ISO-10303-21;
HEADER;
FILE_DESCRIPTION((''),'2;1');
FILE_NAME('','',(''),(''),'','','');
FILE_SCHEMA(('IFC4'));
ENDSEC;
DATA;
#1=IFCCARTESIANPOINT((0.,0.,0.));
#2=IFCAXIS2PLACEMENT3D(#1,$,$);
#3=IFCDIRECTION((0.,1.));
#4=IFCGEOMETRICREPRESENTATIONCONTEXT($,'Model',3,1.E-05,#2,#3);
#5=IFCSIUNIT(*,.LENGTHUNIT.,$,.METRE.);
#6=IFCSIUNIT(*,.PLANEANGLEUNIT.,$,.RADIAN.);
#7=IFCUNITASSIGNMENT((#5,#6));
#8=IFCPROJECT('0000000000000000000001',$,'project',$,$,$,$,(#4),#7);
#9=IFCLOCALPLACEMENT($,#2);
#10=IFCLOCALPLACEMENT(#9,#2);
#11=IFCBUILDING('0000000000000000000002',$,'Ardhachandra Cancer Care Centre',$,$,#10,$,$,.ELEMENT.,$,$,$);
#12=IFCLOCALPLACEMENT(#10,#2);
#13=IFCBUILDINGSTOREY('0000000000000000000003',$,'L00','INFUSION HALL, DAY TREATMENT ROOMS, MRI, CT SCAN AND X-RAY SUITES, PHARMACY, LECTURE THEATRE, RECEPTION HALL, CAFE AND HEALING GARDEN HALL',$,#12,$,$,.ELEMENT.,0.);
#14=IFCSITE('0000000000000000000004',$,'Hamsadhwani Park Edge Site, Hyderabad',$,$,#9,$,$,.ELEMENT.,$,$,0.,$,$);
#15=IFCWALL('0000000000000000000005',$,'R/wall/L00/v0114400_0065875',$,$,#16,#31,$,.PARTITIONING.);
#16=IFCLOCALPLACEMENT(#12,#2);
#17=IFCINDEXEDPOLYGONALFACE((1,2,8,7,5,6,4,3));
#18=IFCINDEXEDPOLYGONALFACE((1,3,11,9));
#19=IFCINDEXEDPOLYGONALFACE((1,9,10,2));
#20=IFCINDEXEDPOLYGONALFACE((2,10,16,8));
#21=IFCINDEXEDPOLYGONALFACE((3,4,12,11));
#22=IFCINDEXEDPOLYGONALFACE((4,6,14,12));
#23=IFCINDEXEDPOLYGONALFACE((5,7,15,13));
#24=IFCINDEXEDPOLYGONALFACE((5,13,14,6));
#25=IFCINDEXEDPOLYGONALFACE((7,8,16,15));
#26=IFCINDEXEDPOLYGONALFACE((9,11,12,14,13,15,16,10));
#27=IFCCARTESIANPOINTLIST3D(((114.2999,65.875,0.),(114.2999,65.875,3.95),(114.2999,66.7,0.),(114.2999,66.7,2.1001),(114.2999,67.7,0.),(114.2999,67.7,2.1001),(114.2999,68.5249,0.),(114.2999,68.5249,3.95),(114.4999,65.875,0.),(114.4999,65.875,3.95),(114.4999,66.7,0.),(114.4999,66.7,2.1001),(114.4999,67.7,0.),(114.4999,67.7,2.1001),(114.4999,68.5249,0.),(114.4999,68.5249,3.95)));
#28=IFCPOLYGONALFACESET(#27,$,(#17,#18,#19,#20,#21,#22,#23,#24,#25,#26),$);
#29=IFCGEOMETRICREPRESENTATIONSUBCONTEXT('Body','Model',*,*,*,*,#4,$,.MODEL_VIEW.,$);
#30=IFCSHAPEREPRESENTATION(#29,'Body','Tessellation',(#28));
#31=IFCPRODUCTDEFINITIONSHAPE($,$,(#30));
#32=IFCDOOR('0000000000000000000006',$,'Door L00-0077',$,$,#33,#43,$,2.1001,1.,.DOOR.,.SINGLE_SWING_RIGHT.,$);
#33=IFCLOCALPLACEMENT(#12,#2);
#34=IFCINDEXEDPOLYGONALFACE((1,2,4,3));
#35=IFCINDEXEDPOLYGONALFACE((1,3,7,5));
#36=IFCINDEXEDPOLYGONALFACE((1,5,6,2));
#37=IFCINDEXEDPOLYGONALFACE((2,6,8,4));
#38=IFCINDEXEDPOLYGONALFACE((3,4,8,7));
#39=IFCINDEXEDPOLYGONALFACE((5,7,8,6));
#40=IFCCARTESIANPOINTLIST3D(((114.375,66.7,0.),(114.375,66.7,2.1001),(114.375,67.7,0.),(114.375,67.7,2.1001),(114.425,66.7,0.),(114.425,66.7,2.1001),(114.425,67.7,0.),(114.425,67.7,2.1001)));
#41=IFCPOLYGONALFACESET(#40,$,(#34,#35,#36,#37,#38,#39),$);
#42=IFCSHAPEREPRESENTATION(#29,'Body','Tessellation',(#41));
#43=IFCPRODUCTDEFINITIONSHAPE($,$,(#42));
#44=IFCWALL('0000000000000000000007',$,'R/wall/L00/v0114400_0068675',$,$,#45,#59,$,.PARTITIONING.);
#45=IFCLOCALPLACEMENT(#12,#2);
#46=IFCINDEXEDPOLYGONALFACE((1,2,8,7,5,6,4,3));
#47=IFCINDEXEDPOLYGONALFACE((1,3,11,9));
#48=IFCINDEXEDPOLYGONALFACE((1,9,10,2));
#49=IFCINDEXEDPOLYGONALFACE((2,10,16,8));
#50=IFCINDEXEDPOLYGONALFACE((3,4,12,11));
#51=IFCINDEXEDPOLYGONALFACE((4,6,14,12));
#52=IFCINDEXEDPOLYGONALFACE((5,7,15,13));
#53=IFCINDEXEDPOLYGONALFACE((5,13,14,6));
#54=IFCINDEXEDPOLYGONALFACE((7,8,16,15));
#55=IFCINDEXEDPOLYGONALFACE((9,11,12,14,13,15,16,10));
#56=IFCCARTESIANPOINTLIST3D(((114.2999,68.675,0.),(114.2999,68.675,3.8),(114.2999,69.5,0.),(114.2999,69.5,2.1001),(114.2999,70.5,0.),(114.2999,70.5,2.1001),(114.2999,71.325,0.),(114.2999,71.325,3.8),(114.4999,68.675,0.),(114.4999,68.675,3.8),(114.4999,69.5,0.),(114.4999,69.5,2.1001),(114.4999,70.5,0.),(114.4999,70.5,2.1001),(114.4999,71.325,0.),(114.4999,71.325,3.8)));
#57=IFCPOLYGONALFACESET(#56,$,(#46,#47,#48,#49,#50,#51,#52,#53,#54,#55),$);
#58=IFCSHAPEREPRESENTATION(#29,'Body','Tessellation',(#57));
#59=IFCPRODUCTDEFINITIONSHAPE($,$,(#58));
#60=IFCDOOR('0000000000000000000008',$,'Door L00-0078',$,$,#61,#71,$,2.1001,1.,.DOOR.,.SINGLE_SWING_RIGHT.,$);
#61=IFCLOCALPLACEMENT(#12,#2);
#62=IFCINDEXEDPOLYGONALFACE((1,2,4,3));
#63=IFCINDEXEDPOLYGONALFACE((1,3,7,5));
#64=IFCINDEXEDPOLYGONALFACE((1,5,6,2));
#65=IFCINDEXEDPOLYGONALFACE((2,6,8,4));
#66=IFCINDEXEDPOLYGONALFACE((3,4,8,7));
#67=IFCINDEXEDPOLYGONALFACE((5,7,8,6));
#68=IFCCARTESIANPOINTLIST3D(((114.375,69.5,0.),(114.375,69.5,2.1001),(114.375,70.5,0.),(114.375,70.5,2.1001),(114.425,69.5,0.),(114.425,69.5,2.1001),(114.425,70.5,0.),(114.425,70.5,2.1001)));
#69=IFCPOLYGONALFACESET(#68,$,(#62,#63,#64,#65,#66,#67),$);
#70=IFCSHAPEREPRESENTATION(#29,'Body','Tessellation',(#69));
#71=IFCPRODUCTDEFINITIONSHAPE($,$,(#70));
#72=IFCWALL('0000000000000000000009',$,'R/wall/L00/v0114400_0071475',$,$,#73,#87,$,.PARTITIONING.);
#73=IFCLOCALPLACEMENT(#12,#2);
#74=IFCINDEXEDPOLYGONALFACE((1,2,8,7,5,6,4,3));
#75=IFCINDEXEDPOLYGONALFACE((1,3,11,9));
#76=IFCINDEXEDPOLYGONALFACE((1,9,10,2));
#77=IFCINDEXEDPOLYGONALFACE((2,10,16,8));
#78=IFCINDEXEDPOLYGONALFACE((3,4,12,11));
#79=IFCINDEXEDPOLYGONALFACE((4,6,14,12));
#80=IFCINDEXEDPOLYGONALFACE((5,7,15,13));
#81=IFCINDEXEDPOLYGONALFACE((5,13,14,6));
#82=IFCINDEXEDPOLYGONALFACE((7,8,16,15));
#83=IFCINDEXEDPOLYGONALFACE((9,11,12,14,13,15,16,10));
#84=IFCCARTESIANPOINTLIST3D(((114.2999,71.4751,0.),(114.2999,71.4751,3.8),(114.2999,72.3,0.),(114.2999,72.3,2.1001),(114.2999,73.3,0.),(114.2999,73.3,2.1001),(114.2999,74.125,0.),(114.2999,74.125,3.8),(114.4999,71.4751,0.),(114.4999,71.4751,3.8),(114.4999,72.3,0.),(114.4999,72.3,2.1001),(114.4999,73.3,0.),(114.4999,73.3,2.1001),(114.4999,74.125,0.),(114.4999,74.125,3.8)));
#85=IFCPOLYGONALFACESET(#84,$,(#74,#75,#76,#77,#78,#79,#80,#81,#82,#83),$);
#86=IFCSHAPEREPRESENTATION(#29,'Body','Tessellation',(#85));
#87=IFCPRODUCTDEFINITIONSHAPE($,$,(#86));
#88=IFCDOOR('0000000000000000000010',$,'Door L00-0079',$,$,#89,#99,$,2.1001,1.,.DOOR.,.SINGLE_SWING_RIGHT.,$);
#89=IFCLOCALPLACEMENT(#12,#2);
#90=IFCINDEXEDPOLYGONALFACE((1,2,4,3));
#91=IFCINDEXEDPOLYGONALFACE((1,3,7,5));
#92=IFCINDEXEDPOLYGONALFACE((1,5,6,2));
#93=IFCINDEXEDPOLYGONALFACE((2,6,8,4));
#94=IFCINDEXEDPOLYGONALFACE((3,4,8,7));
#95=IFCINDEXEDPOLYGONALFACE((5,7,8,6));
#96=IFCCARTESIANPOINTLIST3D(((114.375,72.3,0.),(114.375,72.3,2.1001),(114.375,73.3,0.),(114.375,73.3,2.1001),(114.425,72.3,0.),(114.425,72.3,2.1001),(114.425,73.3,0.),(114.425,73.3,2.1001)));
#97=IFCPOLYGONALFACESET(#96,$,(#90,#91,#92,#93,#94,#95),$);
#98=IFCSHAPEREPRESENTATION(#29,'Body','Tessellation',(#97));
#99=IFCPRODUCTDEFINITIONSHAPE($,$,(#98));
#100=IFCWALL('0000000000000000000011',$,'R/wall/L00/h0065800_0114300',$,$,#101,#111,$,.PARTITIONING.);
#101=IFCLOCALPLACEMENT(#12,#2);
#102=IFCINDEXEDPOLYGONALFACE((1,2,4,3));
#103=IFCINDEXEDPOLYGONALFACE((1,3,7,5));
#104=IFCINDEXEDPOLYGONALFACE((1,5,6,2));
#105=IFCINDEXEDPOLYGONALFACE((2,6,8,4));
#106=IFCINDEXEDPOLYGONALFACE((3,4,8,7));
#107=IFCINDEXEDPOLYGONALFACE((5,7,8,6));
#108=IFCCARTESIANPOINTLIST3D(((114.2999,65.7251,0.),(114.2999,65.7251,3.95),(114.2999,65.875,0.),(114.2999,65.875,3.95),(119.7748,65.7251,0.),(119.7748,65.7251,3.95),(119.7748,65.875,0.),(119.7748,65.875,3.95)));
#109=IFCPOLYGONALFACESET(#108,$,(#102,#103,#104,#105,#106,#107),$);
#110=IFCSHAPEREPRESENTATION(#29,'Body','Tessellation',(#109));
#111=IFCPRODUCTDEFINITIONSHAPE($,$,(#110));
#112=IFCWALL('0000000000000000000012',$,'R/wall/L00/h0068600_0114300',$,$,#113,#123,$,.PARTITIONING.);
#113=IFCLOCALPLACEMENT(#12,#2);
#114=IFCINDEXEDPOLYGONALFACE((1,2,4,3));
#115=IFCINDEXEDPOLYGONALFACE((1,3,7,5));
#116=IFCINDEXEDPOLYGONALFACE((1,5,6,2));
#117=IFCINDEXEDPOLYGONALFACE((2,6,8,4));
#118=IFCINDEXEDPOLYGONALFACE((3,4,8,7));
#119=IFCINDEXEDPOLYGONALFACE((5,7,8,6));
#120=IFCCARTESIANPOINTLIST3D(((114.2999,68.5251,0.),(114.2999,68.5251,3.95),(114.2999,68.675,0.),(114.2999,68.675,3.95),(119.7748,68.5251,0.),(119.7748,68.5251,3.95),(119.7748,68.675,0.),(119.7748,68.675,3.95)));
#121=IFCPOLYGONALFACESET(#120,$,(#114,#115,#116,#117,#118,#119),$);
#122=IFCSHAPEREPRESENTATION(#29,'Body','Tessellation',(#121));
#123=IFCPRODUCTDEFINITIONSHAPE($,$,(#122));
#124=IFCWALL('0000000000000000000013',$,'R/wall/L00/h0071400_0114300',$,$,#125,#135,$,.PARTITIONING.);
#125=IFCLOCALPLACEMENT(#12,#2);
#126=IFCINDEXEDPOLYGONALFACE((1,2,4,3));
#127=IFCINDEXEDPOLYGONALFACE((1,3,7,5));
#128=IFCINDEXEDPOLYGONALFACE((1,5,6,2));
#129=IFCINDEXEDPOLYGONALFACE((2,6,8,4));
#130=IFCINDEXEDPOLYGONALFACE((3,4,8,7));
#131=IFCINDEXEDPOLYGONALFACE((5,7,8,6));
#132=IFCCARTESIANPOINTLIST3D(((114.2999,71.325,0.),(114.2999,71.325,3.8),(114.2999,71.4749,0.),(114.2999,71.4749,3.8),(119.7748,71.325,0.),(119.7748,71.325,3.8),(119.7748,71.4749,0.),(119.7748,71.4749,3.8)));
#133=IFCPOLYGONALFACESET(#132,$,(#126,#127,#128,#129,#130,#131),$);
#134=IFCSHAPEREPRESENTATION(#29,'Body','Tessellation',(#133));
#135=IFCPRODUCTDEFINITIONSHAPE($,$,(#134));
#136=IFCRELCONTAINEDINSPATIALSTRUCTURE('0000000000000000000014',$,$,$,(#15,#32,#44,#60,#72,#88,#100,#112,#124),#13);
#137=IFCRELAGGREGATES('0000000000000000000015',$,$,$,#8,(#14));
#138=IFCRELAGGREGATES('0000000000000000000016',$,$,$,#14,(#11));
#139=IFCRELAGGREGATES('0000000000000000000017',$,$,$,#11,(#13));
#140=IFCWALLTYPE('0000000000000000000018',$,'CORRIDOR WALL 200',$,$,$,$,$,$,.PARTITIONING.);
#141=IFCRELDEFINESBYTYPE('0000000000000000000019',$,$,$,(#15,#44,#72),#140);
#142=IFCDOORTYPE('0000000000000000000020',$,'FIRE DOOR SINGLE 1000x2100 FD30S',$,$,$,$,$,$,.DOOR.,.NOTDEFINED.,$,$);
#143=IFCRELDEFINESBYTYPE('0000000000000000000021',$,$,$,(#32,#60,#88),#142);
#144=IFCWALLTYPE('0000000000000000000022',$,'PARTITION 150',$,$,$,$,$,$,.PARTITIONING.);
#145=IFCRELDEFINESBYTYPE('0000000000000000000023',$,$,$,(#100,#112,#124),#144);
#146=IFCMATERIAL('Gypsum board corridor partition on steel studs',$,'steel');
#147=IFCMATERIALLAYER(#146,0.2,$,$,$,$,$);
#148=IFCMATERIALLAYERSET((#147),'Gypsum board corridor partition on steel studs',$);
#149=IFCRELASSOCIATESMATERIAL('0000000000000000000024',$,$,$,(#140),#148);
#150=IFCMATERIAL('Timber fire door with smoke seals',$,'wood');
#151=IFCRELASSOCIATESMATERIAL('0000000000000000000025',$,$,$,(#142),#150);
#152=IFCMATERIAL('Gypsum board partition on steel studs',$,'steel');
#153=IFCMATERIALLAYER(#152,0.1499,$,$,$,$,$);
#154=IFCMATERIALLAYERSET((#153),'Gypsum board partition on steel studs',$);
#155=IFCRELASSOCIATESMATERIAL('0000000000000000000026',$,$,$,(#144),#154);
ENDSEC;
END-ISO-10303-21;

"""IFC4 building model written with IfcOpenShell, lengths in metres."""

from ifc_helpers import new_model, si_unit, direction, frame, frame_2d, origin, place, context, subcontext, project, spatial, rectangle, extrude, material, layer, layer_set, type_object, element, fill, save


model = new_model("IFC4")

# Units and contexts
model_context = context("Model", 3, precision=1e-05, world=origin(), true_north=direction((0.0, 1.0)))
body_context = subcontext(model_context, "Body", "Model", "MODEL_VIEW")
ifc_project = project(units=[si_unit("LENGTHUNIT", "METRE"), si_unit("PLANEANGLEUNIT", "RADIAN")], contexts=[model_context])

# Site, building, storey
site_placement = place(None, origin())
site = spatial("IfcSite", under=ifc_project, at=site_placement, Name="Hamsadhwani Park Edge Site, Hyderabad", CompositionType="ELEMENT", RefElevation=0.0)
building_placement = place(site_placement, origin())
building = spatial("IfcBuilding", under=site, at=building_placement, Name="Ardhachandra Cancer Care Centre", CompositionType="ELEMENT")
storey_placement = place(building_placement, origin())
storey = spatial("IfcBuildingStorey", under=building, at=storey_placement, Name="L00", Description="INFUSION HALL, DAY TREATMENT ROOMS, MRI, CT SCAN AND X-RAY SUITES, PHARMACY, LECTURE THEATRE, RECEPTION HALL, CAFE AND HEALING GARDEN HALL", CompositionType="ELEMENT", Elevation=0.0)

# Walls, openings, doors
ifc_material_1 = material(Name="Gypsum board corridor partition on steel studs", Category="steel")
ifc_layer_1 = layer(ifc_material_1, 0.2)
ifc_layer_set_1 = layer_set([ifc_layer_1], Name="Gypsum board corridor partition on steel studs")
wall_type_1 = type_object("IfcWallType", Name="CORRIDOR WALL 200", PredefinedType="PARTITIONING", material=ifc_layer_set_1)
wall_1_placement = place(storey_placement, frame((114.3999, 65.875, 0.0), z_axis=(0.0, 0.0, 1.0), x_axis=(0.0, 1.0, 0.0)))
wall_1 = element("IfcWall", 1, at=wall_1_placement, inside=storey, type_object=wall_type_1, Name="R/wall/L00/v0114400_0065875", PredefinedType="PARTITIONING", context=body_context, shape_type="SweptSolid", body=[
    extrude(rectangle(XDim=2.6499, YDim=0.2, at=frame_2d((1.325, 0.0))), origin(), (0.0, 0.0, 1.0), 3.95),
])
opening_1_placement = place(wall_1_placement, frame((0.825, 0.0, 0.0)))
opening_1 = element("IfcOpeningElement", 2, at=opening_1_placement, cuts=wall_1, PredefinedType="OPENING", context=body_context, shape_type="SweptSolid", body=[
    extrude(rectangle(XDim=1.0, YDim=2.1001, at=frame_2d((0.5, 1.05))), frame((0.0, 0.1099, 0.0), z_axis=(0.0, -1.0, 0.0), x_axis=(1.0, 0.0, 0.0)), (0.0, 0.0, 1.0), 0.22),
])
ifc_material_2 = material(Name="Timber fire door with smoke seals", Category="wood")
door_type = type_object("IfcDoorType", Name="FIRE DOOR SINGLE 1000x2100 FD30S", OperationType="NOTDEFINED", PredefinedType="DOOR", material=ifc_material_2)
door_1_placement = place(opening_1_placement, origin())
door_1 = element("IfcDoor", 3, at=door_1_placement, inside=storey, type_object=door_type, Name="Door L00-0077", OperationType="SINGLE_SWING_RIGHT", OverallHeight=2.1001, OverallWidth=1.0, PredefinedType="DOOR", context=body_context, shape_type="SweptSolid", body=[
    extrude(rectangle(XDim=1.0, YDim=2.1001, at=frame_2d((0.5, 1.05))), frame((0.0, 0.0249, 0.0), z_axis=(0.0, -1.0, 0.0), x_axis=(1.0, 0.0, 0.0)), (0.0, 0.0, 1.0), 0.05),
])
fill(opening_1, door_1)
wall_2_placement = place(storey_placement, frame((114.3999, 68.675, 0.0), z_axis=(0.0, 0.0, 1.0), x_axis=(0.0, 1.0, 0.0)))
wall_2 = element("IfcWall", 4, at=wall_2_placement, inside=storey, type_object=wall_type_1, Name="R/wall/L00/v0114400_0068675", PredefinedType="PARTITIONING", context=body_context, shape_type="SweptSolid", body=[
    extrude(rectangle(XDim=2.6499, YDim=0.2, at=frame_2d((1.325, 0.0))), origin(), (0.0, 0.0, 1.0), 3.8),
])
opening_2_placement = place(wall_2_placement, frame((0.825, 0.0, 0.0)))
opening_2 = element("IfcOpeningElement", 5, at=opening_2_placement, cuts=wall_2, PredefinedType="OPENING", context=body_context, shape_type="SweptSolid", body=[
    extrude(rectangle(XDim=1.0, YDim=2.1001, at=frame_2d((0.5, 1.05))), frame((0.0, 0.1099, 0.0), z_axis=(0.0, -1.0, 0.0), x_axis=(1.0, 0.0, 0.0)), (0.0, 0.0, 1.0), 0.22),
])
door_2_placement = place(opening_2_placement, origin())
door_2 = element("IfcDoor", 6, at=door_2_placement, inside=storey, type_object=door_type, Name="Door L00-0078", OperationType="SINGLE_SWING_RIGHT", OverallHeight=2.1001, OverallWidth=1.0, PredefinedType="DOOR", context=body_context, shape_type="SweptSolid", body=[
    extrude(rectangle(XDim=1.0, YDim=2.1001, at=frame_2d((0.5, 1.05))), frame((0.0, 0.0249, 0.0), z_axis=(0.0, -1.0, 0.0), x_axis=(1.0, 0.0, 0.0)), (0.0, 0.0, 1.0), 0.05),
])
fill(opening_2, door_2)
wall_3_placement = place(storey_placement, frame((114.3999, 71.4751, 0.0), z_axis=(0.0, 0.0, 1.0), x_axis=(0.0, 1.0, 0.0)))
wall_3 = element("IfcWall", 7, at=wall_3_placement, inside=storey, type_object=wall_type_1, Name="R/wall/L00/v0114400_0071475", PredefinedType="PARTITIONING", context=body_context, shape_type="SweptSolid", body=[
    extrude(rectangle(XDim=2.6499, YDim=0.2, at=frame_2d((1.325, 0.0))), origin(), (0.0, 0.0, 1.0), 3.8),
])
opening_3_placement = place(wall_3_placement, frame((0.825, 0.0, 0.0)))
opening_3 = element("IfcOpeningElement", 8, at=opening_3_placement, cuts=wall_3, PredefinedType="OPENING", context=body_context, shape_type="SweptSolid", body=[
    extrude(rectangle(XDim=1.0, YDim=2.1001, at=frame_2d((0.5, 1.05))), frame((0.0, 0.1099, 0.0), z_axis=(0.0, -1.0, 0.0), x_axis=(1.0, 0.0, 0.0)), (0.0, 0.0, 1.0), 0.22),
])
door_3_placement = place(opening_3_placement, origin())
door_3 = element("IfcDoor", 9, at=door_3_placement, inside=storey, type_object=door_type, Name="Door L00-0079", OperationType="SINGLE_SWING_RIGHT", OverallHeight=2.1001, OverallWidth=1.0, PredefinedType="DOOR", context=body_context, shape_type="SweptSolid", body=[
    extrude(rectangle(XDim=1.0, YDim=2.1001, at=frame_2d((0.5, 1.05))), frame((0.0, 0.0249, 0.0), z_axis=(0.0, -1.0, 0.0), x_axis=(1.0, 0.0, 0.0)), (0.0, 0.0, 1.0), 0.05),
])
fill(opening_3, door_3)

# Walls
ifc_material_3 = material(Name="Gypsum board partition on steel studs", Category="steel")
ifc_layer_2 = layer(ifc_material_3, 0.1499)
ifc_layer_set_2 = layer_set([ifc_layer_2], Name="Gypsum board partition on steel studs")
wall_type_2 = type_object("IfcWallType", Name="PARTITION 150", PredefinedType="PARTITIONING", material=ifc_layer_set_2)
for number, where, z_axis, x_axis, name in (
    (10, (114.3, 65.8, 0.0), (0.0, 0.0, 1.0), (1.0, 0.0, 0.0), "R/wall/L00/h0065800_0114300"),
    (11, (114.3, 68.6001, 0.0), (0.0, 0.0, 1.0), (1.0, 0.0, 0.0), "R/wall/L00/h0068600_0114300"),
):
    element("IfcWall", number, at=place(storey_placement, frame(where, z_axis=z_axis, x_axis=x_axis)), inside=storey, type_object=wall_type_2, Name=name, PredefinedType="PARTITIONING", context=body_context, shape_type="SweptSolid", body=[
        extrude(rectangle(XDim=5.4749, YDim=0.1499, at=frame_2d((2.7373, 0.0))), origin(), (0.0, 0.0, 1.0), 3.95),
    ])
wall_4_placement = place(storey_placement, frame((114.3, 71.3999, 0.0), z_axis=(0.0, 0.0, 1.0), x_axis=(1.0, 0.0, 0.0)))
element("IfcWall", 12, at=wall_4_placement, inside=storey, type_object=wall_type_2, Name="R/wall/L00/h0071400_0114300", PredefinedType="PARTITIONING", context=body_context, shape_type="SweptSolid", body=[
    extrude(rectangle(XDim=5.4749, YDim=0.1499, at=frame_2d((2.7373, 0.0))), origin(), (0.0, 0.0, 1.0), 3.8),
])

save(model, "model.ifc")
